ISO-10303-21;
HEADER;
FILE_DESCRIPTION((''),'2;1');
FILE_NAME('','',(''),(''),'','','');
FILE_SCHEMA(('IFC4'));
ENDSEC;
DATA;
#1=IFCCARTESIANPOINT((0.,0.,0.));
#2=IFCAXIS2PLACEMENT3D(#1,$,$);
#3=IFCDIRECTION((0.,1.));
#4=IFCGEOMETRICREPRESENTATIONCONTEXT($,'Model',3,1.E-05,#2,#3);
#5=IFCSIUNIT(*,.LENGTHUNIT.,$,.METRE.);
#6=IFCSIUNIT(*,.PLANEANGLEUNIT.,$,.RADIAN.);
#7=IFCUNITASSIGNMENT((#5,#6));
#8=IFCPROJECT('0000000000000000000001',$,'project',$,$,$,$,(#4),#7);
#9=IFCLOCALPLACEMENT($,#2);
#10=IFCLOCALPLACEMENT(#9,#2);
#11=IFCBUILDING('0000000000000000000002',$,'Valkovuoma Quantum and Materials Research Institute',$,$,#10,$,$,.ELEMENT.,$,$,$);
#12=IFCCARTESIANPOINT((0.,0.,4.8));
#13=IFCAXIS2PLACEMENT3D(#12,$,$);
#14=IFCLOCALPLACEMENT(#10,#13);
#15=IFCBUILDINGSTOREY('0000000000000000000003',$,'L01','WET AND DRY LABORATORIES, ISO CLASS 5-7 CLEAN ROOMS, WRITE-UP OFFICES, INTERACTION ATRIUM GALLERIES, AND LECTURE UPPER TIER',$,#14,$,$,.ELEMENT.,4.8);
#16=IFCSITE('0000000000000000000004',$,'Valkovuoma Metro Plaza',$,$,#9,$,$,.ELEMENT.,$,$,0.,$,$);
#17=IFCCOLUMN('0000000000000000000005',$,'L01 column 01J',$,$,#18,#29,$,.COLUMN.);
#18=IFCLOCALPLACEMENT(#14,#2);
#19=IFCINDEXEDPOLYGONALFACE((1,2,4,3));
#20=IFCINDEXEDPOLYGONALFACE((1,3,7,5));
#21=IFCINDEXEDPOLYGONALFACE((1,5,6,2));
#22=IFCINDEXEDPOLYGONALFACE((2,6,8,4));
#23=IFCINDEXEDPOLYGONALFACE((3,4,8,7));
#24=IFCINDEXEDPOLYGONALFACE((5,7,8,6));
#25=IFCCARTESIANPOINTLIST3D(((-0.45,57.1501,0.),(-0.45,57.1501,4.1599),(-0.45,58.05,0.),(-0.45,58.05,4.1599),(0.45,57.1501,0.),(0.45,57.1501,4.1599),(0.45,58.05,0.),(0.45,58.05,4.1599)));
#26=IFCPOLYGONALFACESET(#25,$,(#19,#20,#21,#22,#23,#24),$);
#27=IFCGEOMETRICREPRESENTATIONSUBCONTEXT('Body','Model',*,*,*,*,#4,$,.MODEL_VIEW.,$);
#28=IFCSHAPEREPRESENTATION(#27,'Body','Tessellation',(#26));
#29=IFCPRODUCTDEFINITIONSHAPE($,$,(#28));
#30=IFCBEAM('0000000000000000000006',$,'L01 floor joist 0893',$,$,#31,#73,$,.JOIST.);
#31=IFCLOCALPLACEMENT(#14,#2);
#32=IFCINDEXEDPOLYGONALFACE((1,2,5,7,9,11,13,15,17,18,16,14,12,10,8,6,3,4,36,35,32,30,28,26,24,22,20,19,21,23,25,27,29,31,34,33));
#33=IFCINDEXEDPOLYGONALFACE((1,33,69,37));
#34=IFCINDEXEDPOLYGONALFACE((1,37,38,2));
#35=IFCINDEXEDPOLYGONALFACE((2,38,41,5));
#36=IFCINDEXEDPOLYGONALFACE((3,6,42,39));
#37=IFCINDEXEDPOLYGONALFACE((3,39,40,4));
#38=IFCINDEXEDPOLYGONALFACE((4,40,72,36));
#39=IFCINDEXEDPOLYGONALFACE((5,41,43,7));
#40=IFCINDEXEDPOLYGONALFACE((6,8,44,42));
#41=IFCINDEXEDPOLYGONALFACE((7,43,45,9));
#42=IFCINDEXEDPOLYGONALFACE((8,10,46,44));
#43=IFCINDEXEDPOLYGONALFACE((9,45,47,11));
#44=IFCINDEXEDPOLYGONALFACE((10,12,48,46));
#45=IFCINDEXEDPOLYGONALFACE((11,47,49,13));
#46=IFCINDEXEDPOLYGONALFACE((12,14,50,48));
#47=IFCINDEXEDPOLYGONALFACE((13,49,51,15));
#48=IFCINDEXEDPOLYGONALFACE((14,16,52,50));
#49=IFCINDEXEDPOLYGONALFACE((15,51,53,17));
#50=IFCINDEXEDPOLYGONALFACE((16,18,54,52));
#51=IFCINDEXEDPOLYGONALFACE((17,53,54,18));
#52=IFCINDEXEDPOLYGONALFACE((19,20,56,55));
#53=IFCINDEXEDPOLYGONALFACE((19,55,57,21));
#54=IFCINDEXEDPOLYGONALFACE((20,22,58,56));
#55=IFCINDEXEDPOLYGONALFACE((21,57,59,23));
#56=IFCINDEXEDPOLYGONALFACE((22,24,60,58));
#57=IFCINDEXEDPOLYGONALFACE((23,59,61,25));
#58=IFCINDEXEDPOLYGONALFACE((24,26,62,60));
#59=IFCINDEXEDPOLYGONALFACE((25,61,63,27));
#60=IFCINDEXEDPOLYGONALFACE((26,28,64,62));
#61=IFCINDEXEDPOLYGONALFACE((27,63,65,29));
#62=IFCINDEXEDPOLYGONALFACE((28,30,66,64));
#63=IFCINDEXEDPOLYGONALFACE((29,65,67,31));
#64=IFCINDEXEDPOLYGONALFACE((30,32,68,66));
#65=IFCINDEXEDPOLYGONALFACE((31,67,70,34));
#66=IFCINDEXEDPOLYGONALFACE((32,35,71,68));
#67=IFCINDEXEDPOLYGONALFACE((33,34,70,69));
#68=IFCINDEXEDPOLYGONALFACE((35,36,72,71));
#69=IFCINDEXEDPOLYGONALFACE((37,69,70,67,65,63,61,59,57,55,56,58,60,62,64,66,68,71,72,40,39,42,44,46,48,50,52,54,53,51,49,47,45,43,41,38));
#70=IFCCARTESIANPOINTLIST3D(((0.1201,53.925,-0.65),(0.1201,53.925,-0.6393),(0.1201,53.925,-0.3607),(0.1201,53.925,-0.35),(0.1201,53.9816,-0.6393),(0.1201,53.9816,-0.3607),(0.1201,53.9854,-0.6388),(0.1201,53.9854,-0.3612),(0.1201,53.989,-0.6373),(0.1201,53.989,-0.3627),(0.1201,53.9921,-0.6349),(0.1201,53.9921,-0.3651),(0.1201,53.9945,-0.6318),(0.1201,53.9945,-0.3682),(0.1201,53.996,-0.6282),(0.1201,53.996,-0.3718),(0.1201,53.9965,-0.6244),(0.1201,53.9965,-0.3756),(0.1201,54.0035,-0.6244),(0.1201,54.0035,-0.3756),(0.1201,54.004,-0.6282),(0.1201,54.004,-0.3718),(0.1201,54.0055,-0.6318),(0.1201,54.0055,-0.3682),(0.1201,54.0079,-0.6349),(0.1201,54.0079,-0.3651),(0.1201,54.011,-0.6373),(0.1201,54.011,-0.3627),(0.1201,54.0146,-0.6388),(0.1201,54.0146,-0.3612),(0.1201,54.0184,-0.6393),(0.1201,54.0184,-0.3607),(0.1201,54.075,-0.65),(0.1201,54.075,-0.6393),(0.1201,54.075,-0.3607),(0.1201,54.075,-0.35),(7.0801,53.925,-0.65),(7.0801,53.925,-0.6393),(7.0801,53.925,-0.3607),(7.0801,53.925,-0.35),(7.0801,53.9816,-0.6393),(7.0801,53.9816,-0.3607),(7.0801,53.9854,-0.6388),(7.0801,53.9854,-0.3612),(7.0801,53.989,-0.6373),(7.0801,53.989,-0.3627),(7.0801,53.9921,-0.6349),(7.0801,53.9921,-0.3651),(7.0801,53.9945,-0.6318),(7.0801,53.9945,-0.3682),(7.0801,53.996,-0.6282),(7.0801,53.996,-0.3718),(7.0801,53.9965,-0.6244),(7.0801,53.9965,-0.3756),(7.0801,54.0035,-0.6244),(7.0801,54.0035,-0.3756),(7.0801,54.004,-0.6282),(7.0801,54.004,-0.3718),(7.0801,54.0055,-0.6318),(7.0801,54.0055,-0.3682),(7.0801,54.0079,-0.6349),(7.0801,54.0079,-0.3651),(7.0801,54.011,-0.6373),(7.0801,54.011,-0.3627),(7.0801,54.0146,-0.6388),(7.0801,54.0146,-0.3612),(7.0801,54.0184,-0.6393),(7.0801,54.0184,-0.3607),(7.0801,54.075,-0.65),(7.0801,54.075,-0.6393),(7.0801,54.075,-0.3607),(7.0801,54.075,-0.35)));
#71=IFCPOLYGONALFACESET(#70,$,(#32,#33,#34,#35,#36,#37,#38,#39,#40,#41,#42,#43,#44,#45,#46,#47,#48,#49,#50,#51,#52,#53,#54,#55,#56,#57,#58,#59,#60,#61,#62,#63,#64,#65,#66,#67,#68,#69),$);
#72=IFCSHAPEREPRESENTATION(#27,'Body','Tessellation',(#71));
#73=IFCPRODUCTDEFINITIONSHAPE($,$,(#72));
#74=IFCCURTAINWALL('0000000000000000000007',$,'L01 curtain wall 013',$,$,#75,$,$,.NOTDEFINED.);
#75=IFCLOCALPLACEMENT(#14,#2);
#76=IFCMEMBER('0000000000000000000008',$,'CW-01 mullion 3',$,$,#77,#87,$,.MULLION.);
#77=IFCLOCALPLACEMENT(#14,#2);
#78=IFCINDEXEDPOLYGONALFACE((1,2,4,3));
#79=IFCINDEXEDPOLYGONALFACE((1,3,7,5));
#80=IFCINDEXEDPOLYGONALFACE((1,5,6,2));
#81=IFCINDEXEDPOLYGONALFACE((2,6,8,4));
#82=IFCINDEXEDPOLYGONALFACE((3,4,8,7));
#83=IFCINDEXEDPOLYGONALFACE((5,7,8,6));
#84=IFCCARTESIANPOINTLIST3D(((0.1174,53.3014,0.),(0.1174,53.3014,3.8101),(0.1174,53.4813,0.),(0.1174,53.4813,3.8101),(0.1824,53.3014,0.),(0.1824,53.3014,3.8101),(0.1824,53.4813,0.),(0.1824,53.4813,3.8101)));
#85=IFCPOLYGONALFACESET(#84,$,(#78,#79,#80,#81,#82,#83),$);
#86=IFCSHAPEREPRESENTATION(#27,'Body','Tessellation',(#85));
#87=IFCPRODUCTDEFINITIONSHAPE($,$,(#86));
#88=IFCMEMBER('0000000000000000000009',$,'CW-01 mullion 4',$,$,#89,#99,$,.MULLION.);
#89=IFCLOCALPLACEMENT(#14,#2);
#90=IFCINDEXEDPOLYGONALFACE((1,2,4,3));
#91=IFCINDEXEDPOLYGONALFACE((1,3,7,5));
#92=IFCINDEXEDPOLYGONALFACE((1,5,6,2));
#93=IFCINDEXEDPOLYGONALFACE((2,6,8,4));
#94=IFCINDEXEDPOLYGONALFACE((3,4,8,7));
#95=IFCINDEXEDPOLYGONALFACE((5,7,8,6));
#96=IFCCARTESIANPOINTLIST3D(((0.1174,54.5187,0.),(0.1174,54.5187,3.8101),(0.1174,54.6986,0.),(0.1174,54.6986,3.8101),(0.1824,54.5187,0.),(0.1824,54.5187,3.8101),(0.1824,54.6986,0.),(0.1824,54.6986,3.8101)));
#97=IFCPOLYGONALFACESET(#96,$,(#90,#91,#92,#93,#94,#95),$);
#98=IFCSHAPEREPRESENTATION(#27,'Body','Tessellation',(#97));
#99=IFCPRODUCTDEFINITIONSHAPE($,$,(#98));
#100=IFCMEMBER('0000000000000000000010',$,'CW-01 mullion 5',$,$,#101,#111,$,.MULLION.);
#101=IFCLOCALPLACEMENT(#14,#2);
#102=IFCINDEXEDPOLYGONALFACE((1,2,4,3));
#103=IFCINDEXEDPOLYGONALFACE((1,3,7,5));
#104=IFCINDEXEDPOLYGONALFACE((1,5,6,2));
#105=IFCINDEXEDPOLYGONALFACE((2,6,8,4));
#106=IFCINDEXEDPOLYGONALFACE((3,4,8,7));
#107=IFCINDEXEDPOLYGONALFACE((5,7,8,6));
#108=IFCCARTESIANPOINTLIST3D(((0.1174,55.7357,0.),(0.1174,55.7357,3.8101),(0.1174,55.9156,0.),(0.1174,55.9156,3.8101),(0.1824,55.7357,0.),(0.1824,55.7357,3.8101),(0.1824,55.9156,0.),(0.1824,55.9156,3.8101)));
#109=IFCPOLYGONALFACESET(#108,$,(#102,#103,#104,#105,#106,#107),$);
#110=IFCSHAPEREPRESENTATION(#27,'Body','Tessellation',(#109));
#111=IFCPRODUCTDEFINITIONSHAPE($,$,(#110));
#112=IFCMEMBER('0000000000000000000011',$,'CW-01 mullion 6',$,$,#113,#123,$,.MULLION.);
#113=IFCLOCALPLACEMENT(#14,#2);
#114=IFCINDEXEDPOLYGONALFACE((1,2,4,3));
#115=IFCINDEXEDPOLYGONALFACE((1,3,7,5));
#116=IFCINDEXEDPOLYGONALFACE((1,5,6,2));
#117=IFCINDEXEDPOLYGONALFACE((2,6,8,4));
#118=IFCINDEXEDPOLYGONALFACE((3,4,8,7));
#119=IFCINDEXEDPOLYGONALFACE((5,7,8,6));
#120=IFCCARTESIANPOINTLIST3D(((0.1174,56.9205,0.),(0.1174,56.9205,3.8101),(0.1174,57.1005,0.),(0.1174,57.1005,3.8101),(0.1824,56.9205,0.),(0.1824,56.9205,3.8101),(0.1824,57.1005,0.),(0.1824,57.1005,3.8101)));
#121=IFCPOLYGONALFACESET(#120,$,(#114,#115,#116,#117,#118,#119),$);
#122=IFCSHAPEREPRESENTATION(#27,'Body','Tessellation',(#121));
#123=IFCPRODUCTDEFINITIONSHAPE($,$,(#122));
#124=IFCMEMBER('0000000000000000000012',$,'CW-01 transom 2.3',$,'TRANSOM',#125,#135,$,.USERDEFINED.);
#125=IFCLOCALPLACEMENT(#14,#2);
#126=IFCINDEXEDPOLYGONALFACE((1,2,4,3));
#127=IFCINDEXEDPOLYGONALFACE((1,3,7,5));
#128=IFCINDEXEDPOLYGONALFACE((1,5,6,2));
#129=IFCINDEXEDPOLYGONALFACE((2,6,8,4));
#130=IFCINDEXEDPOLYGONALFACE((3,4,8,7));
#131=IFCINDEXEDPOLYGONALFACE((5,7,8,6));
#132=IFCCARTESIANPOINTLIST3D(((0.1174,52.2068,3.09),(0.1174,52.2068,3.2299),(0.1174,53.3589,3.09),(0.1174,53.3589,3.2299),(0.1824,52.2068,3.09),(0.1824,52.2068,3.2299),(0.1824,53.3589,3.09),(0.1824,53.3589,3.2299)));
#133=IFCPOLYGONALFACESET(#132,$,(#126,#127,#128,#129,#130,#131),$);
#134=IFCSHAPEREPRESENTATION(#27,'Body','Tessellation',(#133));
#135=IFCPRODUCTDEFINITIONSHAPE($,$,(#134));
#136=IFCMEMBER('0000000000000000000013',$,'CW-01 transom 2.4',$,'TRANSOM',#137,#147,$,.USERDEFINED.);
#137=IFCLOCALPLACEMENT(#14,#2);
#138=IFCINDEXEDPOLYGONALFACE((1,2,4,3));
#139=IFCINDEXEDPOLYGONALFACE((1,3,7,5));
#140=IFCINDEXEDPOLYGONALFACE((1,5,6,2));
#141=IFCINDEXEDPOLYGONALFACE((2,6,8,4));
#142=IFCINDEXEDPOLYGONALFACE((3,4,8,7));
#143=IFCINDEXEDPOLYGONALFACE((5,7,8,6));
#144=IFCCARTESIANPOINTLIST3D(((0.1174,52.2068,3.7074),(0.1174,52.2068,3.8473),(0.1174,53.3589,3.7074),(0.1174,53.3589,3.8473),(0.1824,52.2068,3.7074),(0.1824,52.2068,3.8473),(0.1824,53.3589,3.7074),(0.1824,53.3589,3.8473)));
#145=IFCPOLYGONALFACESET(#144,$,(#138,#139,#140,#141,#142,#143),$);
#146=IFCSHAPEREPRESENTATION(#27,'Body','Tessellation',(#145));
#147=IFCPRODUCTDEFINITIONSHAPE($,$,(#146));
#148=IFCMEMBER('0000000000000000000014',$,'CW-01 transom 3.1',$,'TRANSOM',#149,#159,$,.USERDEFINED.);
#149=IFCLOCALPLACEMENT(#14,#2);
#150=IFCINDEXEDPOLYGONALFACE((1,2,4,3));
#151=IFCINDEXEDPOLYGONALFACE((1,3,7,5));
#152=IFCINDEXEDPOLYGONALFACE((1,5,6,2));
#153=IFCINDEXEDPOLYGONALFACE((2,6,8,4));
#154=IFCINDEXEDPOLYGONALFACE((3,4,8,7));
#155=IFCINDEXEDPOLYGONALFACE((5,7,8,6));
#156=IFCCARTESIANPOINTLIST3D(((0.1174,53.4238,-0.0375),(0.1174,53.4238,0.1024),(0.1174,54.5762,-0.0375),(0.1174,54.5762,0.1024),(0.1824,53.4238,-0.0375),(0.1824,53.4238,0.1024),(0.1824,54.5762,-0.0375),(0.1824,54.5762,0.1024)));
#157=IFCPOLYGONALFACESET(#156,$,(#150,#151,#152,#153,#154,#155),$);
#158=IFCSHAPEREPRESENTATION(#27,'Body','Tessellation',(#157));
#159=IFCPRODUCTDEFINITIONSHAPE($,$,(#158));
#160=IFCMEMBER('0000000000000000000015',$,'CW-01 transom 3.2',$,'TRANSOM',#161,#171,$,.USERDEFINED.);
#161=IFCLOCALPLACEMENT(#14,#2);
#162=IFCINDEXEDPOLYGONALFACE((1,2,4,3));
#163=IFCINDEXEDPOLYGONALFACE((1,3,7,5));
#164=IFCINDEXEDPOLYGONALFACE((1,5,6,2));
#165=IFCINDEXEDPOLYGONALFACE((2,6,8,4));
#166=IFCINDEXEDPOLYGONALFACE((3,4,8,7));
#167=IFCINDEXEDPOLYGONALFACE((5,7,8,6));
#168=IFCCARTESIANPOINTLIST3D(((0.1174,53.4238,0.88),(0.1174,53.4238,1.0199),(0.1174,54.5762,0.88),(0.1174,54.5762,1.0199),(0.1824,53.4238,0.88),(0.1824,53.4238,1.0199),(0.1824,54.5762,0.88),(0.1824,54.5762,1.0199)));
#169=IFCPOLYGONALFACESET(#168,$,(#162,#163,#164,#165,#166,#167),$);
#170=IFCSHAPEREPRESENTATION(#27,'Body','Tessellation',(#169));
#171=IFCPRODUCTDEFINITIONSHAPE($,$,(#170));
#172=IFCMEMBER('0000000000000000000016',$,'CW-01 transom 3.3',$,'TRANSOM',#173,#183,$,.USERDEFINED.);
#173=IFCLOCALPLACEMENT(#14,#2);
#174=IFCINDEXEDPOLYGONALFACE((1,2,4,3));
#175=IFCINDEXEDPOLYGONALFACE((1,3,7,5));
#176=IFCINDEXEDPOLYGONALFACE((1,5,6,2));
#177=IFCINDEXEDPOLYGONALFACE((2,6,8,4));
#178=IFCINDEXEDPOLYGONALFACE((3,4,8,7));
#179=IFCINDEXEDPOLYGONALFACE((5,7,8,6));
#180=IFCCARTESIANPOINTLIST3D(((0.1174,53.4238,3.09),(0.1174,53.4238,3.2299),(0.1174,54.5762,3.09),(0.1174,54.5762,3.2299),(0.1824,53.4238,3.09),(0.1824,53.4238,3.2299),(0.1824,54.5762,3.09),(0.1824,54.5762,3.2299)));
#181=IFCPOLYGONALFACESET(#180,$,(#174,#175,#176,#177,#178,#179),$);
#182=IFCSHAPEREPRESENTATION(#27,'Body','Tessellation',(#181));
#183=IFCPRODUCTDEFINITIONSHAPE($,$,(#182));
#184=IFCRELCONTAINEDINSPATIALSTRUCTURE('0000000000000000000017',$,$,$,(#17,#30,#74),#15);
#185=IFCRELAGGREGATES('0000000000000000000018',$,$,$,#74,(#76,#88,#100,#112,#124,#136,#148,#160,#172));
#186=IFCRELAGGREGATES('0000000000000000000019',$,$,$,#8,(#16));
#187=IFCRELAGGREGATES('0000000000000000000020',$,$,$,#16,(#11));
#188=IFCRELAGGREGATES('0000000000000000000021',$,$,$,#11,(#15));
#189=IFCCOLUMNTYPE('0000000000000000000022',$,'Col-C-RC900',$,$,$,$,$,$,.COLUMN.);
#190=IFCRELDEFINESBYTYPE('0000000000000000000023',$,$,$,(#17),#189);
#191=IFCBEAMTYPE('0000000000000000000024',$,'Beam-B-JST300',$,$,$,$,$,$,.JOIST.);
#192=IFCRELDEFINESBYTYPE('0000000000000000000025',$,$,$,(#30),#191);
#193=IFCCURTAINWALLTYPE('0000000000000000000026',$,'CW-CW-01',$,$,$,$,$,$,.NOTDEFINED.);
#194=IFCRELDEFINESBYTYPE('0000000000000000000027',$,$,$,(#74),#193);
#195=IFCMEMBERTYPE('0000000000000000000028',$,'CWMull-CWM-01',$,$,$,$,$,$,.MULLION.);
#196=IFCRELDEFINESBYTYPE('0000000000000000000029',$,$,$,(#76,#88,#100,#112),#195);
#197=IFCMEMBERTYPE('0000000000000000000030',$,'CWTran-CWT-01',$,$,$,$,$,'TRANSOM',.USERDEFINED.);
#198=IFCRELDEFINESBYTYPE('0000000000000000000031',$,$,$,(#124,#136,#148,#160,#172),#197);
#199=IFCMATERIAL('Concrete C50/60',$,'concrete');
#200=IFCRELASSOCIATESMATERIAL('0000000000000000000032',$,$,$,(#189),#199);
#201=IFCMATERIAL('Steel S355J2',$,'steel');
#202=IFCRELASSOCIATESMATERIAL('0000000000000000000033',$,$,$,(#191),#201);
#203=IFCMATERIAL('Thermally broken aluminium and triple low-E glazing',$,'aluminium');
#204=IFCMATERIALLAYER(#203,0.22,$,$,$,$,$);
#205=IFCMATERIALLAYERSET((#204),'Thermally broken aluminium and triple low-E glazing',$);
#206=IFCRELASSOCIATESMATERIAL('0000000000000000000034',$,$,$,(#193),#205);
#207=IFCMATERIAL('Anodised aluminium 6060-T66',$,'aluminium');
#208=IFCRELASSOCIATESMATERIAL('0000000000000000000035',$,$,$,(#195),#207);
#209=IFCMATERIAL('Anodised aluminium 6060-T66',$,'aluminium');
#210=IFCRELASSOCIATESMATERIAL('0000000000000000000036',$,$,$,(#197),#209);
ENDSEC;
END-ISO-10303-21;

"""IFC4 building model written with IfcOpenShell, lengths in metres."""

from ifc_helpers import new_model, si_unit, direction, frame, origin, origin_2d, place, context, subcontext, project, spatial, rectangle, i_section, extrude, material, layer, layer_set, material_profile, profile_set, type_object, element, aggregate, save


model = new_model("IFC4")

# Units and contexts
model_context = context("Model", 3, precision=1e-05, world=origin(), true_north=direction((0.0, 1.0)))
body_context = subcontext(model_context, "Body", "Model", "MODEL_VIEW")
ifc_project = project(units=[si_unit("LENGTHUNIT", "METRE"), si_unit("PLANEANGLEUNIT", "RADIAN")], contexts=[model_context])

# Site, building, storey
site_placement = place(None, origin())
site = spatial("IfcSite", under=ifc_project, at=site_placement, Name="Valkovuoma Metro Plaza", CompositionType="ELEMENT", RefElevation=0.0)
building_placement = place(site_placement, origin())
building = spatial("IfcBuilding", under=site, at=building_placement, Name="Valkovuoma Quantum and Materials Research Institute", CompositionType="ELEMENT")
storey_placement = place(building_placement, frame((0.0, 0.0, 4.8)))
storey = spatial("IfcBuildingStorey", under=building, at=storey_placement, Name="L01", Description="WET AND DRY LABORATORIES, ISO CLASS 5-7 CLEAN ROOMS, WRITE-UP OFFICES, INTERACTION ATRIUM GALLERIES, AND LECTURE UPPER TIER", CompositionType="ELEMENT", Elevation=4.8)

# Column
ifc_material_1 = material(Name="Concrete C50/60", Category="concrete")
ifc_material_profile_1 = material_profile(ifc_material_1, rectangle(XDim=0.8999, YDim=0.8999, at=origin_2d()), Name="Concrete C50/60")
ifc_profile_set_1 = profile_set([ifc_material_profile_1], Name="Concrete C50/60")
column_type = type_object("IfcColumnType", Name="Col-C-RC900", PredefinedType="COLUMN", material=ifc_profile_set_1)
column_placement = place(storey_placement, frame((0.0, 57.6001, 0.0), z_axis=(0.0, 0.0, 1.0), x_axis=(1.0, 0.0, 0.0)))
element("IfcColumn", 1, at=column_placement, inside=storey, type_object=column_type, Name="L01 column 01J", PredefinedType="COLUMN", context=body_context, shape_type="SweptSolid", body=[
    extrude(rectangle(XDim=0.8999, YDim=0.8999, at=origin_2d()), origin(), (0.0, 0.0, 1.0), 4.1599),
])

# Beam
ifc_material_2 = material(Name="Steel S355J2", Category="steel")
ifc_material_profile_2 = material_profile(ifc_material_2, i_section(OverallWidth=0.1499, OverallDepth=0.3, WebThickness=0.0071, FlangeThickness=0.0107, FilletRadius=0.0149, at=origin_2d()), Name="Steel S355J2")
ifc_profile_set_2 = profile_set([ifc_material_profile_2], Name="Steel S355J2")
beam_type = type_object("IfcBeamType", Name="Beam-B-JST300", PredefinedType="JOIST", material=ifc_profile_set_2)
beam_placement = place(storey_placement, frame((0.1201, 54.0, -0.5), z_axis=(1.0, 0.0, 0.0), x_axis=(0.0, 1.0, 0.0)))
element("IfcBeam", 2, at=beam_placement, inside=storey, type_object=beam_type, Name="L01 floor joist 0893", PredefinedType="JOIST", context=body_context, shape_type="SweptSolid", body=[
    extrude(i_section(OverallWidth=0.1499, OverallDepth=0.3, WebThickness=0.0071, FlangeThickness=0.0107, FilletRadius=0.0149, at=origin_2d()), origin(), (0.0, 0.0, 1.0), 6.96),
])

# Curtain wall, members
ifc_material_3 = material(Name="Thermally broken aluminium and triple low-E glazing", Category="aluminium")
ifc_layer_1 = layer(ifc_material_3, 0.22)
ifc_layer_set_1 = layer_set([ifc_layer_1], Name="Thermally broken aluminium and triple low-E glazing")
curtain_wall_type = type_object("IfcCurtainWallType", Name="CW-CW-01", PredefinedType="NOTDEFINED", material=ifc_layer_set_1)
curtain_wall_placement = place(storey_placement, origin())
curtain_wall = element("IfcCurtainWall", 3, at=curtain_wall_placement, inside=storey, type_object=curtain_wall_type, Name="L01 curtain wall 013", PredefinedType="NOTDEFINED")
ifc_material_4 = material(Name="Anodised aluminium 6060-T66", Category="aluminium")
ifc_material_profile_3 = material_profile(ifc_material_4, rectangle(XDim=0.0649, YDim=0.1799, at=origin_2d()), Name="Anodised aluminium 6060-T66")
ifc_profile_set_3 = profile_set([ifc_material_profile_3], Name="Anodised aluminium 6060-T66")
member_type_1 = type_object("IfcMemberType", Name="CWMull-CWM-01", PredefinedType="MULLION", material=ifc_profile_set_3)
member_1_placement = place(storey_placement, frame((0.1499, 53.3914, 0.0), z_axis=(0.0, 0.0, 1.0), x_axis=(-1.0, 0.0, 0.0)))
member_1 = element("IfcMember", 4, at=member_1_placement, type_object=member_type_1, Name="CW-01 mullion 3", PredefinedType="MULLION", context=body_context, shape_type="SweptSolid", body=[
    extrude(rectangle(XDim=0.0649, YDim=0.1799, at=origin_2d()), origin(), (0.0, 0.0, 1.0), 3.8101),
])
member_2_placement = place(storey_placement, frame((0.1499, 54.6086, 0.0), z_axis=(0.0, 0.0, 1.0), x_axis=(-1.0, 0.0, 0.0)))
member_2 = element("IfcMember", 5, at=member_2_placement, type_object=member_type_1, Name="CW-01 mullion 4", PredefinedType="MULLION", context=body_context, shape_type="SweptSolid", body=[
    extrude(rectangle(XDim=0.0649, YDim=0.1799, at=origin_2d()), origin(), (0.0, 0.0, 1.0), 3.8101),
])
member_3_placement = place(storey_placement, frame((0.1499, 55.8257, 0.0), z_axis=(0.0, 0.0, 1.0), x_axis=(-1.0, 0.0, 0.0)))
member_3 = element("IfcMember", 6, at=member_3_placement, type_object=member_type_1, Name="CW-01 mullion 5", PredefinedType="MULLION", context=body_context, shape_type="SweptSolid", body=[
    extrude(rectangle(XDim=0.0649, YDim=0.1799, at=origin_2d()), origin(), (0.0, 0.0, 1.0), 3.8101),
])
member_4_placement = place(storey_placement, frame((0.1499, 57.0105, 0.0), z_axis=(0.0, 0.0, 1.0), x_axis=(-1.0, 0.0, 0.0)))
member_4 = element("IfcMember", 7, at=member_4_placement, type_object=member_type_1, Name="CW-01 mullion 6", PredefinedType="MULLION", context=body_context, shape_type="SweptSolid", body=[
    extrude(rectangle(XDim=0.0649, YDim=0.1799, at=origin_2d()), origin(), (0.0, 0.0, 1.0), 3.8101),
])
ifc_material_5 = material(Name="Anodised aluminium 6060-T66", Category="aluminium")
ifc_material_profile_4 = material_profile(ifc_material_5, rectangle(XDim=0.0649, YDim=0.1399, at=origin_2d()), Name="Anodised aluminium 6060-T66")
ifc_profile_set_4 = profile_set([ifc_material_profile_4], Name="Anodised aluminium 6060-T66")
member_type_2 = type_object("IfcMemberType", Name="CWTran-CWT-01", ElementType="TRANSOM", PredefinedType="USERDEFINED", material=ifc_profile_set_4)
member_5_placement = place(storey_placement, frame((0.1499, 52.2068, 3.1599), z_axis=(0.0, 1.0, 0.0), x_axis=(-1.0, 0.0, 0.0)))
member_5 = element("IfcMember", 8, at=member_5_placement, type_object=member_type_2, Name="CW-01 transom 2.3", ObjectType="TRANSOM", PredefinedType="USERDEFINED", context=body_context, shape_type="SweptSolid", body=[
    extrude(rectangle(XDim=0.0649, YDim=0.1399, at=origin_2d()), origin(), (0.0, 0.0, 1.0), 1.1521),
])
member_6_placement = place(storey_placement, frame((0.1499, 52.2068, 3.7773), z_axis=(0.0, 1.0, 0.0), x_axis=(-1.0, 0.0, 0.0)))
member_6 = element("IfcMember", 9, at=member_6_placement, type_object=member_type_2, Name="CW-01 transom 2.4", ObjectType="TRANSOM", PredefinedType="USERDEFINED", context=body_context, shape_type="SweptSolid", body=[
    extrude(rectangle(XDim=0.0649, YDim=0.1399, at=origin_2d()), origin(), (0.0, 0.0, 1.0), 1.1521),
])
member_7_placement = place(storey_placement, frame((0.1499, 53.4238, 0.0325), z_axis=(0.0, 1.0, 0.0), x_axis=(-1.0, 0.0, 0.0)))
member_7 = element("IfcMember", 10, at=member_7_placement, type_object=member_type_2, Name="CW-01 transom 3.1", ObjectType="TRANSOM", PredefinedType="USERDEFINED", context=body_context, shape_type="SweptSolid", body=[
    extrude(rectangle(XDim=0.0649, YDim=0.1399, at=origin_2d()), origin(), (0.0, 0.0, 1.0), 1.1523),
])
member_8_placement = place(storey_placement, frame((0.1499, 53.4238, 0.95), z_axis=(0.0, 1.0, 0.0), x_axis=(-1.0, 0.0, 0.0)))
member_8 = element("IfcMember", 11, at=member_8_placement, type_object=member_type_2, Name="CW-01 transom 3.2", ObjectType="TRANSOM", PredefinedType="USERDEFINED", context=body_context, shape_type="SweptSolid", body=[
    extrude(rectangle(XDim=0.0649, YDim=0.1399, at=origin_2d()), origin(), (0.0, 0.0, 1.0), 1.1523),
])
member_9_placement = place(storey_placement, frame((0.1499, 53.4238, 3.1599), z_axis=(0.0, 1.0, 0.0), x_axis=(-1.0, 0.0, 0.0)))
member_9 = element("IfcMember", 12, at=member_9_placement, type_object=member_type_2, Name="CW-01 transom 3.3", ObjectType="TRANSOM", PredefinedType="USERDEFINED", context=body_context, shape_type="SweptSolid", body=[
    extrude(rectangle(XDim=0.0649, YDim=0.1399, at=origin_2d()), origin(), (0.0, 0.0, 1.0), 1.1523),
])
aggregate(curtain_wall, [member_1, member_2, member_3, member_4, member_5, member_6, member_7, member_8, member_9])

save(model, "model.ifc")
